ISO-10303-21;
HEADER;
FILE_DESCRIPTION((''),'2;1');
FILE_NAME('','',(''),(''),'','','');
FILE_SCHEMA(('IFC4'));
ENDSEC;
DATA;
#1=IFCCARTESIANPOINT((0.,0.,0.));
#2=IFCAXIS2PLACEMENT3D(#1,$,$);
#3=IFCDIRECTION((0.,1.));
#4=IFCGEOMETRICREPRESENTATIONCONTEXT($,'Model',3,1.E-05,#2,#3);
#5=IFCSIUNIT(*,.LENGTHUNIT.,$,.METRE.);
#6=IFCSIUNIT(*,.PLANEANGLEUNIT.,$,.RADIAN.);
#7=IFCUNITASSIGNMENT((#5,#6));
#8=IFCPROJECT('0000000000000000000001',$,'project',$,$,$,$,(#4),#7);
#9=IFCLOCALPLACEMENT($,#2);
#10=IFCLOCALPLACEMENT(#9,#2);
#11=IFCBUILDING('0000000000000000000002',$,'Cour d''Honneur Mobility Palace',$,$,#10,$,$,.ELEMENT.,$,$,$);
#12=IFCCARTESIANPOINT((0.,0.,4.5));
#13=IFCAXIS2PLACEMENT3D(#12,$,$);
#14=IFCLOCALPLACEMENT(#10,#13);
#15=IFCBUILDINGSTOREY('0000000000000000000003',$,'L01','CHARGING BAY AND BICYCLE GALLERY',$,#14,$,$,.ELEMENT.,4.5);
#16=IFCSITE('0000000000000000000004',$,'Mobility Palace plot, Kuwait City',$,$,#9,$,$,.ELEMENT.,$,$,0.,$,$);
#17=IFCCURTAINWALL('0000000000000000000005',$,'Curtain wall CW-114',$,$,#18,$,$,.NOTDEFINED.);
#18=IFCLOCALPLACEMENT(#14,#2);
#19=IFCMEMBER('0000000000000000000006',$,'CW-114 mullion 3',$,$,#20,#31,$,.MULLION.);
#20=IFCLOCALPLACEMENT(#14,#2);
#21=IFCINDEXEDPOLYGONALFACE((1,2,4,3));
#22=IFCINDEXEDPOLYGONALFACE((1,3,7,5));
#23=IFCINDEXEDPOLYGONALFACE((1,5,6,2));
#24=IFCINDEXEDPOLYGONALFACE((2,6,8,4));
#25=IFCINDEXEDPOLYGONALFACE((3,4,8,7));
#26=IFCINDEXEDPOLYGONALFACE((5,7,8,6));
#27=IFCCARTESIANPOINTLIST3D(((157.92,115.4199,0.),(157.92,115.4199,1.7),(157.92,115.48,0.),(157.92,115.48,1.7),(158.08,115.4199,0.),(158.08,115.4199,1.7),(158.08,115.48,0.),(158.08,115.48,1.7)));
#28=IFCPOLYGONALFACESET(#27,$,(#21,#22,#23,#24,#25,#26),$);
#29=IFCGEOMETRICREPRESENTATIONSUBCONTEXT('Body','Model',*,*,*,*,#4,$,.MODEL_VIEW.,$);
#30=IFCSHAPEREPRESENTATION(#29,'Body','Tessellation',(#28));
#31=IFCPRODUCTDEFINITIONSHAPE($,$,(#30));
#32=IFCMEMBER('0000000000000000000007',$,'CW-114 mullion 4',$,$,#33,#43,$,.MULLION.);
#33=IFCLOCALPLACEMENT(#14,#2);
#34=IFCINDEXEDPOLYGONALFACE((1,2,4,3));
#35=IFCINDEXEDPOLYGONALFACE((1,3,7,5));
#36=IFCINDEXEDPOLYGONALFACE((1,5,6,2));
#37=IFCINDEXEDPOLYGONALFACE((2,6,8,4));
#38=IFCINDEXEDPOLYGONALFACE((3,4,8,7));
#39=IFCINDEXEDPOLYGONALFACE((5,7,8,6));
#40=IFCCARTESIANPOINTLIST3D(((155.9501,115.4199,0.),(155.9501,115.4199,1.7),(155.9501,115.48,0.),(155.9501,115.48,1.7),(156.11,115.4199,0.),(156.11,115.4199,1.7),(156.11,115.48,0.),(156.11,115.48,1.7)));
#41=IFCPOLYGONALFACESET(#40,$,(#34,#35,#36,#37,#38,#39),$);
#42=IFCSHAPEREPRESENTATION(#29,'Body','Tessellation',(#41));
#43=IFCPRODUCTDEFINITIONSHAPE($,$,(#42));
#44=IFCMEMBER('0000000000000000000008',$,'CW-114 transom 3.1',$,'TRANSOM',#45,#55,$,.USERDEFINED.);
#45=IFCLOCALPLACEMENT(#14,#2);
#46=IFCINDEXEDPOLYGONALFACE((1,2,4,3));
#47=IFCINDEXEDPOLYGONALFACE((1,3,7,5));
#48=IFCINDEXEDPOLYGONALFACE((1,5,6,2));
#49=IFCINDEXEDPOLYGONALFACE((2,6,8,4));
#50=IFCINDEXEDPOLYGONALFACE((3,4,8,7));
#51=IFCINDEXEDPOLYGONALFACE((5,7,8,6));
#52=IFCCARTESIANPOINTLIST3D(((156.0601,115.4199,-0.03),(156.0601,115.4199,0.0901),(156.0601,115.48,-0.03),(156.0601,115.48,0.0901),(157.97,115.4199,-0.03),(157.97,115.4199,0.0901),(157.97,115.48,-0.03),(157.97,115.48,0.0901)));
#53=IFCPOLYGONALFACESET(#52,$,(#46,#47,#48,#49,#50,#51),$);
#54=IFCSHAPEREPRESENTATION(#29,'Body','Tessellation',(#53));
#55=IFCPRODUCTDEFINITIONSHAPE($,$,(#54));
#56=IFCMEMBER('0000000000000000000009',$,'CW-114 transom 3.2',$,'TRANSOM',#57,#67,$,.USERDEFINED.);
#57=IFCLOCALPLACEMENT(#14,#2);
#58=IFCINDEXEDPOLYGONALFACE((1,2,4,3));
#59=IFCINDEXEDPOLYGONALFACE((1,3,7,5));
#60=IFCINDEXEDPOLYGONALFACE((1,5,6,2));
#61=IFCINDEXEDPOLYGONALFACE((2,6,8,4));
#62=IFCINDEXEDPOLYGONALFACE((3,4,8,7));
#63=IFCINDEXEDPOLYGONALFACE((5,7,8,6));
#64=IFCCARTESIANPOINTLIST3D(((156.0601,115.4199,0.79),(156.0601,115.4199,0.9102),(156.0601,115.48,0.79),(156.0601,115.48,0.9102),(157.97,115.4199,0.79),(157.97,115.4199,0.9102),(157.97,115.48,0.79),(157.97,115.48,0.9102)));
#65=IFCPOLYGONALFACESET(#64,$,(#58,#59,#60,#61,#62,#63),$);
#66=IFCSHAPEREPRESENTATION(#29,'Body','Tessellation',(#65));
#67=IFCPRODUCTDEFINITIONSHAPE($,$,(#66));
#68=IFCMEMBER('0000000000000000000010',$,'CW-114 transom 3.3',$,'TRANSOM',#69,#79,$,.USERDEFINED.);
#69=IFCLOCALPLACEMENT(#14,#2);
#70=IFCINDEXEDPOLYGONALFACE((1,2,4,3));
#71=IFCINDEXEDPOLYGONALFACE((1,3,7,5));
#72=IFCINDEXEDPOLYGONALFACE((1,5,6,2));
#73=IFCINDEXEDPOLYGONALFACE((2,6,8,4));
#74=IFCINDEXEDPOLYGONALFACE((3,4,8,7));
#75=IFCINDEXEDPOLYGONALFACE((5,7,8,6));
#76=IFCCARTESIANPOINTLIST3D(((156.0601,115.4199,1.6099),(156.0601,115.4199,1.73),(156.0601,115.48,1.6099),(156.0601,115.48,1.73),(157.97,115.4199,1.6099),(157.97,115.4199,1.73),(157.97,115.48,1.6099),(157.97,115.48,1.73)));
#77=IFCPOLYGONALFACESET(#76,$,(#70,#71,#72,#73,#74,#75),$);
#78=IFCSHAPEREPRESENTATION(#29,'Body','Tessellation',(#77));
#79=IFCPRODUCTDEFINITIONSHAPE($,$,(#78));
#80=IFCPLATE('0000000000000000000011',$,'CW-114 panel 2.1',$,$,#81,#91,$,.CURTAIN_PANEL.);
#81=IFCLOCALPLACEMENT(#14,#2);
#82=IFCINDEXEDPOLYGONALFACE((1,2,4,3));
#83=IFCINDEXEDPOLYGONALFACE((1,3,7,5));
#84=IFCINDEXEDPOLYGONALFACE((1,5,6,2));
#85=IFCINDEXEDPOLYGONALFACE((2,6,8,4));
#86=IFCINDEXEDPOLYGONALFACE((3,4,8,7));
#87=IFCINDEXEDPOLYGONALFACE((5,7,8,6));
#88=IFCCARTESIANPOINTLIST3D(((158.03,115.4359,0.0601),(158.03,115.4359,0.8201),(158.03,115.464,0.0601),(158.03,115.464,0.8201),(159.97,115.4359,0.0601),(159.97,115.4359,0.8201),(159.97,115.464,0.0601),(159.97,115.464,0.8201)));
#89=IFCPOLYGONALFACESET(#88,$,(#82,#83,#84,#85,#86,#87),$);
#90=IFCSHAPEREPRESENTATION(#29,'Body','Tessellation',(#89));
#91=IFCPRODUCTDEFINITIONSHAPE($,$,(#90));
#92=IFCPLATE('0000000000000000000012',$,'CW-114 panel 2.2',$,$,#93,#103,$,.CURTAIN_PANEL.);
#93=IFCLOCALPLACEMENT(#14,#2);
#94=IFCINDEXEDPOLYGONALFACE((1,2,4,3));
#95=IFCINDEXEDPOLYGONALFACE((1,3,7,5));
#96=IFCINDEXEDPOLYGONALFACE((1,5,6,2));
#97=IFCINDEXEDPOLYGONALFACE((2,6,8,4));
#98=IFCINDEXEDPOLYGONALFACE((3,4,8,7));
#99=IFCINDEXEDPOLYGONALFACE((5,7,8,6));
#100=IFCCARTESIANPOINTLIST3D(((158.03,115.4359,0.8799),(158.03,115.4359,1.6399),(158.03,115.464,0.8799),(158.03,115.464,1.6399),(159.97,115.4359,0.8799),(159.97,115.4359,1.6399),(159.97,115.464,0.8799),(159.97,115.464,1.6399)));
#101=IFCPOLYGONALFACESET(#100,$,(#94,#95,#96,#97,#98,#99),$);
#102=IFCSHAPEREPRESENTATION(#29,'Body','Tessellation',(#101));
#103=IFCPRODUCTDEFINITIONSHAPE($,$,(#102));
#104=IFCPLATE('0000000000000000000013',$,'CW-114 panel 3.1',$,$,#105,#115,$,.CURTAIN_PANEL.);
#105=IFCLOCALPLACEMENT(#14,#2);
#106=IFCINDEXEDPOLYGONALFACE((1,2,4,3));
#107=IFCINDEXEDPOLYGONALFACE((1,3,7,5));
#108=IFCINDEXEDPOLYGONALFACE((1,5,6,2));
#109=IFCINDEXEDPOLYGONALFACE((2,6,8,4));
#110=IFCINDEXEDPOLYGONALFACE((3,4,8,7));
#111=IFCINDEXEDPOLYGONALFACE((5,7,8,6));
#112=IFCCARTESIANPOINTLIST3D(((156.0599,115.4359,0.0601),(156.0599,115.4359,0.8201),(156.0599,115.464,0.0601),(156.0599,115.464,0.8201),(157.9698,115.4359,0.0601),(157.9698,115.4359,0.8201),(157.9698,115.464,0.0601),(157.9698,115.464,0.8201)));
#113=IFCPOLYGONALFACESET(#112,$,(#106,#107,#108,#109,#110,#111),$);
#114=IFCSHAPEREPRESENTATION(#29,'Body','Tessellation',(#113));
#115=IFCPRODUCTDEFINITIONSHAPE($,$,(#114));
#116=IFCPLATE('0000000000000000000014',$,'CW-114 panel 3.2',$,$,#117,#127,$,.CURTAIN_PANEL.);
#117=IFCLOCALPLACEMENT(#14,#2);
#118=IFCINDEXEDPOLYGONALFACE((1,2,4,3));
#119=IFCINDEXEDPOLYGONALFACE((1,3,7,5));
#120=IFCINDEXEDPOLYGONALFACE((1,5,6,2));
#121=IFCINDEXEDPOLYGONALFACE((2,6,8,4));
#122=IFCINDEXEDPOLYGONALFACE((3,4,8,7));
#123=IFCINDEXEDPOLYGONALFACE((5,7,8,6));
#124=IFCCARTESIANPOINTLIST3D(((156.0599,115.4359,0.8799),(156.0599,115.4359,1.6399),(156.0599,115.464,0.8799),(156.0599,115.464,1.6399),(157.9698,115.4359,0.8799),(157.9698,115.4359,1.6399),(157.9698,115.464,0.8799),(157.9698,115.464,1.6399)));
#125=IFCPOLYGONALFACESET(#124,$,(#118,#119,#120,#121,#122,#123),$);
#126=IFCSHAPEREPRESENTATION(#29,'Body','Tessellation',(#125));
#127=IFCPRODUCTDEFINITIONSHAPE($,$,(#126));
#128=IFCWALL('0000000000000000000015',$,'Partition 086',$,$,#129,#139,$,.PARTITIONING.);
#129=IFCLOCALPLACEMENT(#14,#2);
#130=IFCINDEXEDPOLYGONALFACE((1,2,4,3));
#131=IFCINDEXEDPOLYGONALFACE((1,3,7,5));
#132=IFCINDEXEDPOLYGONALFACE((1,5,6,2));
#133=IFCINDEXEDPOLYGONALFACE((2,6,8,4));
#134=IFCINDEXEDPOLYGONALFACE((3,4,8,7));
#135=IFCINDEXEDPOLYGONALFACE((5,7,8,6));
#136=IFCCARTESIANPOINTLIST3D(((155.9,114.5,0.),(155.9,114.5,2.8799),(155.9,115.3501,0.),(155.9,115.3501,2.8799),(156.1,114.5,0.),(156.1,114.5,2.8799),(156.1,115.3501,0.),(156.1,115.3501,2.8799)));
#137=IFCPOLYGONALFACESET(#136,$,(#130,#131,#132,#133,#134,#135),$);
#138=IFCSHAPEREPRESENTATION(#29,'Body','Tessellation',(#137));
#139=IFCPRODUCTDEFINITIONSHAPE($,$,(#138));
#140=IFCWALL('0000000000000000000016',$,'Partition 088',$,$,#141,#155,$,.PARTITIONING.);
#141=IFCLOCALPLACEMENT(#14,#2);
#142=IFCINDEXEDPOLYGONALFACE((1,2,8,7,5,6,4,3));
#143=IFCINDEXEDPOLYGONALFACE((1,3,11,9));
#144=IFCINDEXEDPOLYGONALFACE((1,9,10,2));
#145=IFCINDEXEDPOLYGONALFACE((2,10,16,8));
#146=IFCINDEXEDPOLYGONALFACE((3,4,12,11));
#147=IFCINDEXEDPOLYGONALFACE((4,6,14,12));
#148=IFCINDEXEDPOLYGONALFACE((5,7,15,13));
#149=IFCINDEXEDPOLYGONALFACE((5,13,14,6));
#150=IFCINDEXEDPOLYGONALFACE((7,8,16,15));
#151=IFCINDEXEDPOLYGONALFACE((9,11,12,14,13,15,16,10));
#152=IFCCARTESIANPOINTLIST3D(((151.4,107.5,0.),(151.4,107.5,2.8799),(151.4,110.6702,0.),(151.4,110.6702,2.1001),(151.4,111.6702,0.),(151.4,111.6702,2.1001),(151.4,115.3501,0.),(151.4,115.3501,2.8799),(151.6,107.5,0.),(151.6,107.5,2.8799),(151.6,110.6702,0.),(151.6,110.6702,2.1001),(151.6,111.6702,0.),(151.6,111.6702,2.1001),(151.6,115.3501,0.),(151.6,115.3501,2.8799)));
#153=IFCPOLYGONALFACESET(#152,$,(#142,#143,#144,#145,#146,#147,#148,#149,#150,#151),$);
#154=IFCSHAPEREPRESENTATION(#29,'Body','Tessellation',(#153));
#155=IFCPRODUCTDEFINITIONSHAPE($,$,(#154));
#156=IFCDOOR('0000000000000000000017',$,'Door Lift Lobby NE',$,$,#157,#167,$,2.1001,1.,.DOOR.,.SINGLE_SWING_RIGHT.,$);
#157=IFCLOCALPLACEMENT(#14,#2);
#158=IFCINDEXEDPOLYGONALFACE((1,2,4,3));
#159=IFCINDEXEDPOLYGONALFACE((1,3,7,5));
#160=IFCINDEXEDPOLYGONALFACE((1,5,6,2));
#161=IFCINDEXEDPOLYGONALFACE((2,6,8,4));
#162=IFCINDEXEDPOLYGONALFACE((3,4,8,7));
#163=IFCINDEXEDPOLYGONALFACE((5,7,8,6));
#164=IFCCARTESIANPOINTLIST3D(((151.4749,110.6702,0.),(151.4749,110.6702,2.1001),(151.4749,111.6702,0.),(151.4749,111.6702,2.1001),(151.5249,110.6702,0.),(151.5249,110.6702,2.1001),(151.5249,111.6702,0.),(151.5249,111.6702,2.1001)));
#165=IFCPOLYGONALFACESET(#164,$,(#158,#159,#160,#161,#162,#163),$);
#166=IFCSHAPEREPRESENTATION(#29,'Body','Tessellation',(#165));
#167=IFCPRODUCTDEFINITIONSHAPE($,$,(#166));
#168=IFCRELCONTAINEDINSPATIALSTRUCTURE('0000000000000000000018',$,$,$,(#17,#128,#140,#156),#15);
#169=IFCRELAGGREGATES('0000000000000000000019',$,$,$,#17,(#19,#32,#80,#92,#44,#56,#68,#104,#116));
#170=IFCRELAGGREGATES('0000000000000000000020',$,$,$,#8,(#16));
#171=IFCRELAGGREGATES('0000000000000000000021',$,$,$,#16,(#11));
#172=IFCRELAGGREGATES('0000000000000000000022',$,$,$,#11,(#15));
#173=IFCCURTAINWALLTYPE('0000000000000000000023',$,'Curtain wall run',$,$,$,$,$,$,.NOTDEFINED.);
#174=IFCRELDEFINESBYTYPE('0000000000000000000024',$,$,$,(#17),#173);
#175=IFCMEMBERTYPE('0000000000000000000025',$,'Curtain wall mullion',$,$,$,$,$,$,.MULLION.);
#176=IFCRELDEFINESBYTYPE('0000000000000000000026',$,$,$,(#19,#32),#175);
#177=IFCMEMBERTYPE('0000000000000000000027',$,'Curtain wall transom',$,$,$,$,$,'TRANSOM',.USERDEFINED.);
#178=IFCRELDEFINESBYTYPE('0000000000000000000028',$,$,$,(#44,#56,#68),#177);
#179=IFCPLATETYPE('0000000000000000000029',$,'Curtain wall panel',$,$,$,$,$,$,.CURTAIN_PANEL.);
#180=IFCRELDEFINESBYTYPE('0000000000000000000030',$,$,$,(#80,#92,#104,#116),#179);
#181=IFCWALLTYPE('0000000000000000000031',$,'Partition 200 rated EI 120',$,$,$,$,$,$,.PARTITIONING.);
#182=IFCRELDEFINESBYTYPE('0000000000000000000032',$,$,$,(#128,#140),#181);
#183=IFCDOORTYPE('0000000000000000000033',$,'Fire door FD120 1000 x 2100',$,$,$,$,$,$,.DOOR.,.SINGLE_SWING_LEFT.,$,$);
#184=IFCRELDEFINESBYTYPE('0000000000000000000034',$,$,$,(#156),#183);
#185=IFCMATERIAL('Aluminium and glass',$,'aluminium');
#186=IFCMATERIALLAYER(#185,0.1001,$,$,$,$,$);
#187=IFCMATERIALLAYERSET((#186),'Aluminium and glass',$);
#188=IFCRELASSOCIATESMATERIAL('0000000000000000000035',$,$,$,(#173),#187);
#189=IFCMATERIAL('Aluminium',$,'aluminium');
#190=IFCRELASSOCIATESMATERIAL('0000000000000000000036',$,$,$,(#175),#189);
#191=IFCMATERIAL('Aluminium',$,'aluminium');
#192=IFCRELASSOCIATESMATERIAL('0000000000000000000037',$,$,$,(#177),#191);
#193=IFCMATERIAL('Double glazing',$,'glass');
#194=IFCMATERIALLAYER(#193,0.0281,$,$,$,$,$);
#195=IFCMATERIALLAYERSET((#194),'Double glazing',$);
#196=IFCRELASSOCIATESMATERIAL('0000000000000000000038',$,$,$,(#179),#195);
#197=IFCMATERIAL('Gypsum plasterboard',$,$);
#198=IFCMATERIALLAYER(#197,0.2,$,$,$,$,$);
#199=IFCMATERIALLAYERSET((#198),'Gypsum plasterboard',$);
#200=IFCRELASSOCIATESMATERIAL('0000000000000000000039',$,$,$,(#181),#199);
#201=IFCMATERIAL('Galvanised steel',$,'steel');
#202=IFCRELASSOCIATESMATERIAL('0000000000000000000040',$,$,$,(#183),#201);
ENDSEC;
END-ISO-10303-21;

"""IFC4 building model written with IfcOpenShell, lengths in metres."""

from ifc_helpers import new_model, si_unit, direction, frame, frame_2d, origin, origin_2d, place, context, subcontext, project, spatial, rectangle, extrude, material, layer, layer_set, material_profile, profile_set, type_object, element, fill, aggregate, save


model = new_model("IFC4")

# Units and contexts
model_context = context("Model", 3, precision=1e-05, world=origin(), true_north=direction((0.0, 1.0)))
body_context = subcontext(model_context, "Body", "Model", "MODEL_VIEW")
ifc_project = project(units=[si_unit("LENGTHUNIT", "METRE"), si_unit("PLANEANGLEUNIT", "RADIAN")], contexts=[model_context])

# Site, building, storey
site_placement = place(None, origin())
site = spatial("IfcSite", under=ifc_project, at=site_placement, Name="Mobility Palace plot, Kuwait City", CompositionType="ELEMENT", RefElevation=0.0)
building_placement = place(site_placement, origin())
building = spatial("IfcBuilding", under=site, at=building_placement, Name="Cour d'Honneur Mobility Palace", CompositionType="ELEMENT")
storey_placement = place(building_placement, frame((0.0, 0.0, 4.5)))
storey = spatial("IfcBuildingStorey", under=building, at=storey_placement, Name="L01", Description="CHARGING BAY AND BICYCLE GALLERY", CompositionType="ELEMENT", Elevation=4.5)

# Curtain wall, members, plates
ifc_material_1 = material(Name="Aluminium and glass", Category="aluminium")
ifc_layer_1 = layer(ifc_material_1, 0.1001)
ifc_layer_set_1 = layer_set([ifc_layer_1], Name="Aluminium and glass")
curtain_wall_type = type_object("IfcCurtainWallType", Name="Curtain wall run", PredefinedType="NOTDEFINED", material=ifc_layer_set_1)
curtain_wall_placement = place(storey_placement, origin())
curtain_wall = element("IfcCurtainWall", 1, at=curtain_wall_placement, inside=storey, type_object=curtain_wall_type, Name="Curtain wall CW-114", PredefinedType="NOTDEFINED")
ifc_material_2 = material(Name="Aluminium", Category="aluminium")
ifc_material_profile_1 = material_profile(ifc_material_2, rectangle(XDim=0.0601, YDim=0.1599, at=origin_2d()), Name="Curtain wall mullion")
ifc_profile_set_1 = profile_set([ifc_material_profile_1], Name="Aluminium")
member_type_1 = type_object("IfcMemberType", Name="Curtain wall mullion", PredefinedType="MULLION", material=ifc_profile_set_1)
member_1_placement = place(storey_placement, frame((158.0, 115.45, 0.0), z_axis=(0.0, 0.0, 1.0), x_axis=(0.0, -1.0, 0.0)))
member_1 = element("IfcMember", 2, at=member_1_placement, type_object=member_type_1, Name="CW-114 mullion 3", PredefinedType="MULLION", context=body_context, shape_type="SweptSolid", body=[
    extrude(rectangle(XDim=0.0601, YDim=0.1599, at=origin_2d()), origin(), (0.0, 0.0, 1.0), 1.7),
])
member_2_placement = place(storey_placement, frame((156.03, 115.45, 0.0), z_axis=(0.0, 0.0, 1.0), x_axis=(0.0, -1.0, 0.0)))
member_2 = element("IfcMember", 3, at=member_2_placement, type_object=member_type_1, Name="CW-114 mullion 4", PredefinedType="MULLION", context=body_context, shape_type="SweptSolid", body=[
    extrude(rectangle(XDim=0.0601, YDim=0.1599, at=origin_2d()), origin(), (0.0, 0.0, 1.0), 1.7),
])
ifc_material_3 = material(Name="Aluminium", Category="aluminium")
ifc_material_profile_2 = material_profile(ifc_material_3, rectangle(XDim=0.0601, YDim=0.1201, at=origin_2d()), Name="Curtain wall transom")
ifc_profile_set_2 = profile_set([ifc_material_profile_2], Name="Aluminium")
member_type_2 = type_object("IfcMemberType", Name="Curtain wall transom", ElementType="TRANSOM", PredefinedType="USERDEFINED", material=ifc_profile_set_2)
member_3_placement = place(storey_placement, frame((157.97, 115.45, 0.03), z_axis=(-1.0, 0.0, 0.0), x_axis=(0.0, -1.0, 0.0)))
member_3 = element("IfcMember", 4, at=member_3_placement, type_object=member_type_2, Name="CW-114 transom 3.1", ObjectType="TRANSOM", PredefinedType="USERDEFINED", context=body_context, shape_type="SweptSolid", body=[
    extrude(rectangle(XDim=0.0601, YDim=0.1201, at=origin_2d()), origin(), (0.0, 0.0, 1.0), 1.9099),
])
member_4_placement = place(storey_placement, frame((157.97, 115.45, 0.8501), z_axis=(-1.0, 0.0, 0.0), x_axis=(0.0, -1.0, 0.0)))
member_4 = element("IfcMember", 5, at=member_4_placement, type_object=member_type_2, Name="CW-114 transom 3.2", ObjectType="TRANSOM", PredefinedType="USERDEFINED", context=body_context, shape_type="SweptSolid", body=[
    extrude(rectangle(XDim=0.0601, YDim=0.1201, at=origin_2d()), origin(), (0.0, 0.0, 1.0), 1.9099),
])
member_5_placement = place(storey_placement, frame((157.97, 115.45, 1.6699), z_axis=(-1.0, 0.0, 0.0), x_axis=(0.0, -1.0, 0.0)))
member_5 = element("IfcMember", 6, at=member_5_placement, type_object=member_type_2, Name="CW-114 transom 3.3", ObjectType="TRANSOM", PredefinedType="USERDEFINED", context=body_context, shape_type="SweptSolid", body=[
    extrude(rectangle(XDim=0.0601, YDim=0.1201, at=origin_2d()), origin(), (0.0, 0.0, 1.0), 1.9099),
])
ifc_material_4 = material(Name="Double glazing", Category="glass")
ifc_layer_2 = layer(ifc_material_4, 0.0281)
ifc_layer_set_2 = layer_set([ifc_layer_2], Name="Double glazing")
plate_type = type_object("IfcPlateType", Name="Curtain wall panel", PredefinedType="CURTAIN_PANEL", material=ifc_layer_set_2)
plate_1_placement = place(storey_placement, frame((159.0, 115.45, 0.0601), z_axis=(0.0, 0.0, 1.0), x_axis=(-1.0, 0.0, 0.0)))
plate_1 = element("IfcPlate", 7, at=plate_1_placement, type_object=plate_type, Name="CW-114 panel 2.1", PredefinedType="CURTAIN_PANEL", context=body_context, shape_type="SweptSolid", body=[
    extrude(rectangle(XDim=1.9399, YDim=0.0281, at=origin_2d()), origin(), (0.0, 0.0, 1.0), 0.76),
])
plate_2_placement = place(storey_placement, frame((159.0, 115.45, 0.8799), z_axis=(0.0, 0.0, 1.0), x_axis=(-1.0, 0.0, 0.0)))
plate_2 = element("IfcPlate", 8, at=plate_2_placement, type_object=plate_type, Name="CW-114 panel 2.2", PredefinedType="CURTAIN_PANEL", context=body_context, shape_type="SweptSolid", body=[
    extrude(rectangle(XDim=1.9399, YDim=0.0281, at=origin_2d()), origin(), (0.0, 0.0, 1.0), 0.76),
])
plate_3_placement = place(storey_placement, frame((157.0149, 115.45, 0.0601), z_axis=(0.0, 0.0, 1.0), x_axis=(-1.0, 0.0, 0.0)))
plate_3 = element("IfcPlate", 9, at=plate_3_placement, type_object=plate_type, Name="CW-114 panel 3.1", PredefinedType="CURTAIN_PANEL", context=body_context, shape_type="SweptSolid", body=[
    extrude(rectangle(XDim=1.9099, YDim=0.0281, at=origin_2d()), origin(), (0.0, 0.0, 1.0), 0.76),
])
plate_4_placement = place(storey_placement, frame((157.0149, 115.45, 0.8799), z_axis=(0.0, 0.0, 1.0), x_axis=(-1.0, 0.0, 0.0)))
plate_4 = element("IfcPlate", 10, at=plate_4_placement, type_object=plate_type, Name="CW-114 panel 3.2", PredefinedType="CURTAIN_PANEL", context=body_context, shape_type="SweptSolid", body=[
    extrude(rectangle(XDim=1.9099, YDim=0.0281, at=origin_2d()), origin(), (0.0, 0.0, 1.0), 0.76),
])
aggregate(curtain_wall, [member_1, member_2, plate_1, plate_2, member_3, member_4, member_5, plate_3, plate_4])

# Wall
ifc_material_5 = material(Name="Gypsum plasterboard")
ifc_layer_3 = layer(ifc_material_5, 0.2)
ifc_layer_set_3 = layer_set([ifc_layer_3], Name="Gypsum plasterboard")
wall_type_1 = type_object("IfcWallType", Name="Partition 200 rated EI 120", PredefinedType="PARTITIONING", material=ifc_layer_set_3)
wall_1_placement = place(storey_placement, frame((156.0, 114.5, 0.0), z_axis=(0.0, 0.0, 1.0), x_axis=(0.0, 1.0, 0.0)))
element("IfcWall", 11, at=wall_1_placement, inside=storey, type_object=wall_type_1, Name="Partition 086", PredefinedType="PARTITIONING", context=body_context, shape_type="SweptSolid", body=[
    extrude(rectangle(XDim=0.8501, YDim=0.2, at=frame_2d((0.425, 0.0))), origin(), (0.0, 0.0, 1.0), 2.8799),
])

# Wall, opening, door
wall_2_placement = place(storey_placement, frame((151.5, 115.3501, 0.0), z_axis=(0.0, 0.0, 1.0), x_axis=(0.0, -1.0, 0.0)))
wall_2 = element("IfcWall", 12, at=wall_2_placement, inside=storey, type_object=wall_type_1, Name="Partition 088", PredefinedType="PARTITIONING", context=body_context, shape_type="SweptSolid", body=[
    extrude(rectangle(XDim=7.8501, YDim=0.2, at=frame_2d((3.925, 0.0))), origin(), (0.0, 0.0, 1.0), 2.8799),
])
opening_1_placement = place(wall_2_placement, frame((3.6799, 0.0, 0.0)))
opening_1 = element("IfcOpeningElement", 13, at=opening_1_placement, cuts=wall_2, PredefinedType="OPENING", context=body_context, shape_type="SweptSolid", body=[
    extrude(rectangle(XDim=1.0, YDim=2.1001, at=frame_2d((0.5, 1.05))), frame((0.0, 0.1099, 0.0), z_axis=(0.0, -1.0, 0.0), x_axis=(1.0, 0.0, 0.0)), (0.0, 0.0, 1.0), 0.22),
])
ifc_material_6 = material(Name="Galvanised steel", Category="steel")
door_type_1 = type_object("IfcDoorType", Name="Fire door FD120 1000 x 2100", OperationType="SINGLE_SWING_LEFT", PredefinedType="DOOR", material=ifc_material_6)
door_1_placement = place(opening_1_placement, origin())
door_1 = element("IfcDoor", 14, at=door_1_placement, inside=storey, type_object=door_type_1, Name="Door Lift Lobby NE", OperationType="SINGLE_SWING_RIGHT", OverallHeight=2.1001, OverallWidth=1.0, PredefinedType="DOOR", context=body_context, shape_type="SweptSolid", body=[
    extrude(rectangle(XDim=1.0, YDim=2.1001, at=frame_2d((0.5, 1.05))), frame((0.0, 0.0249, 0.0), z_axis=(0.0, -1.0, 0.0), x_axis=(1.0, 0.0, 0.0)), (0.0, 0.0, 1.0), 0.05),
])
fill(opening_1, door_1)

save(model, "model.ifc")
